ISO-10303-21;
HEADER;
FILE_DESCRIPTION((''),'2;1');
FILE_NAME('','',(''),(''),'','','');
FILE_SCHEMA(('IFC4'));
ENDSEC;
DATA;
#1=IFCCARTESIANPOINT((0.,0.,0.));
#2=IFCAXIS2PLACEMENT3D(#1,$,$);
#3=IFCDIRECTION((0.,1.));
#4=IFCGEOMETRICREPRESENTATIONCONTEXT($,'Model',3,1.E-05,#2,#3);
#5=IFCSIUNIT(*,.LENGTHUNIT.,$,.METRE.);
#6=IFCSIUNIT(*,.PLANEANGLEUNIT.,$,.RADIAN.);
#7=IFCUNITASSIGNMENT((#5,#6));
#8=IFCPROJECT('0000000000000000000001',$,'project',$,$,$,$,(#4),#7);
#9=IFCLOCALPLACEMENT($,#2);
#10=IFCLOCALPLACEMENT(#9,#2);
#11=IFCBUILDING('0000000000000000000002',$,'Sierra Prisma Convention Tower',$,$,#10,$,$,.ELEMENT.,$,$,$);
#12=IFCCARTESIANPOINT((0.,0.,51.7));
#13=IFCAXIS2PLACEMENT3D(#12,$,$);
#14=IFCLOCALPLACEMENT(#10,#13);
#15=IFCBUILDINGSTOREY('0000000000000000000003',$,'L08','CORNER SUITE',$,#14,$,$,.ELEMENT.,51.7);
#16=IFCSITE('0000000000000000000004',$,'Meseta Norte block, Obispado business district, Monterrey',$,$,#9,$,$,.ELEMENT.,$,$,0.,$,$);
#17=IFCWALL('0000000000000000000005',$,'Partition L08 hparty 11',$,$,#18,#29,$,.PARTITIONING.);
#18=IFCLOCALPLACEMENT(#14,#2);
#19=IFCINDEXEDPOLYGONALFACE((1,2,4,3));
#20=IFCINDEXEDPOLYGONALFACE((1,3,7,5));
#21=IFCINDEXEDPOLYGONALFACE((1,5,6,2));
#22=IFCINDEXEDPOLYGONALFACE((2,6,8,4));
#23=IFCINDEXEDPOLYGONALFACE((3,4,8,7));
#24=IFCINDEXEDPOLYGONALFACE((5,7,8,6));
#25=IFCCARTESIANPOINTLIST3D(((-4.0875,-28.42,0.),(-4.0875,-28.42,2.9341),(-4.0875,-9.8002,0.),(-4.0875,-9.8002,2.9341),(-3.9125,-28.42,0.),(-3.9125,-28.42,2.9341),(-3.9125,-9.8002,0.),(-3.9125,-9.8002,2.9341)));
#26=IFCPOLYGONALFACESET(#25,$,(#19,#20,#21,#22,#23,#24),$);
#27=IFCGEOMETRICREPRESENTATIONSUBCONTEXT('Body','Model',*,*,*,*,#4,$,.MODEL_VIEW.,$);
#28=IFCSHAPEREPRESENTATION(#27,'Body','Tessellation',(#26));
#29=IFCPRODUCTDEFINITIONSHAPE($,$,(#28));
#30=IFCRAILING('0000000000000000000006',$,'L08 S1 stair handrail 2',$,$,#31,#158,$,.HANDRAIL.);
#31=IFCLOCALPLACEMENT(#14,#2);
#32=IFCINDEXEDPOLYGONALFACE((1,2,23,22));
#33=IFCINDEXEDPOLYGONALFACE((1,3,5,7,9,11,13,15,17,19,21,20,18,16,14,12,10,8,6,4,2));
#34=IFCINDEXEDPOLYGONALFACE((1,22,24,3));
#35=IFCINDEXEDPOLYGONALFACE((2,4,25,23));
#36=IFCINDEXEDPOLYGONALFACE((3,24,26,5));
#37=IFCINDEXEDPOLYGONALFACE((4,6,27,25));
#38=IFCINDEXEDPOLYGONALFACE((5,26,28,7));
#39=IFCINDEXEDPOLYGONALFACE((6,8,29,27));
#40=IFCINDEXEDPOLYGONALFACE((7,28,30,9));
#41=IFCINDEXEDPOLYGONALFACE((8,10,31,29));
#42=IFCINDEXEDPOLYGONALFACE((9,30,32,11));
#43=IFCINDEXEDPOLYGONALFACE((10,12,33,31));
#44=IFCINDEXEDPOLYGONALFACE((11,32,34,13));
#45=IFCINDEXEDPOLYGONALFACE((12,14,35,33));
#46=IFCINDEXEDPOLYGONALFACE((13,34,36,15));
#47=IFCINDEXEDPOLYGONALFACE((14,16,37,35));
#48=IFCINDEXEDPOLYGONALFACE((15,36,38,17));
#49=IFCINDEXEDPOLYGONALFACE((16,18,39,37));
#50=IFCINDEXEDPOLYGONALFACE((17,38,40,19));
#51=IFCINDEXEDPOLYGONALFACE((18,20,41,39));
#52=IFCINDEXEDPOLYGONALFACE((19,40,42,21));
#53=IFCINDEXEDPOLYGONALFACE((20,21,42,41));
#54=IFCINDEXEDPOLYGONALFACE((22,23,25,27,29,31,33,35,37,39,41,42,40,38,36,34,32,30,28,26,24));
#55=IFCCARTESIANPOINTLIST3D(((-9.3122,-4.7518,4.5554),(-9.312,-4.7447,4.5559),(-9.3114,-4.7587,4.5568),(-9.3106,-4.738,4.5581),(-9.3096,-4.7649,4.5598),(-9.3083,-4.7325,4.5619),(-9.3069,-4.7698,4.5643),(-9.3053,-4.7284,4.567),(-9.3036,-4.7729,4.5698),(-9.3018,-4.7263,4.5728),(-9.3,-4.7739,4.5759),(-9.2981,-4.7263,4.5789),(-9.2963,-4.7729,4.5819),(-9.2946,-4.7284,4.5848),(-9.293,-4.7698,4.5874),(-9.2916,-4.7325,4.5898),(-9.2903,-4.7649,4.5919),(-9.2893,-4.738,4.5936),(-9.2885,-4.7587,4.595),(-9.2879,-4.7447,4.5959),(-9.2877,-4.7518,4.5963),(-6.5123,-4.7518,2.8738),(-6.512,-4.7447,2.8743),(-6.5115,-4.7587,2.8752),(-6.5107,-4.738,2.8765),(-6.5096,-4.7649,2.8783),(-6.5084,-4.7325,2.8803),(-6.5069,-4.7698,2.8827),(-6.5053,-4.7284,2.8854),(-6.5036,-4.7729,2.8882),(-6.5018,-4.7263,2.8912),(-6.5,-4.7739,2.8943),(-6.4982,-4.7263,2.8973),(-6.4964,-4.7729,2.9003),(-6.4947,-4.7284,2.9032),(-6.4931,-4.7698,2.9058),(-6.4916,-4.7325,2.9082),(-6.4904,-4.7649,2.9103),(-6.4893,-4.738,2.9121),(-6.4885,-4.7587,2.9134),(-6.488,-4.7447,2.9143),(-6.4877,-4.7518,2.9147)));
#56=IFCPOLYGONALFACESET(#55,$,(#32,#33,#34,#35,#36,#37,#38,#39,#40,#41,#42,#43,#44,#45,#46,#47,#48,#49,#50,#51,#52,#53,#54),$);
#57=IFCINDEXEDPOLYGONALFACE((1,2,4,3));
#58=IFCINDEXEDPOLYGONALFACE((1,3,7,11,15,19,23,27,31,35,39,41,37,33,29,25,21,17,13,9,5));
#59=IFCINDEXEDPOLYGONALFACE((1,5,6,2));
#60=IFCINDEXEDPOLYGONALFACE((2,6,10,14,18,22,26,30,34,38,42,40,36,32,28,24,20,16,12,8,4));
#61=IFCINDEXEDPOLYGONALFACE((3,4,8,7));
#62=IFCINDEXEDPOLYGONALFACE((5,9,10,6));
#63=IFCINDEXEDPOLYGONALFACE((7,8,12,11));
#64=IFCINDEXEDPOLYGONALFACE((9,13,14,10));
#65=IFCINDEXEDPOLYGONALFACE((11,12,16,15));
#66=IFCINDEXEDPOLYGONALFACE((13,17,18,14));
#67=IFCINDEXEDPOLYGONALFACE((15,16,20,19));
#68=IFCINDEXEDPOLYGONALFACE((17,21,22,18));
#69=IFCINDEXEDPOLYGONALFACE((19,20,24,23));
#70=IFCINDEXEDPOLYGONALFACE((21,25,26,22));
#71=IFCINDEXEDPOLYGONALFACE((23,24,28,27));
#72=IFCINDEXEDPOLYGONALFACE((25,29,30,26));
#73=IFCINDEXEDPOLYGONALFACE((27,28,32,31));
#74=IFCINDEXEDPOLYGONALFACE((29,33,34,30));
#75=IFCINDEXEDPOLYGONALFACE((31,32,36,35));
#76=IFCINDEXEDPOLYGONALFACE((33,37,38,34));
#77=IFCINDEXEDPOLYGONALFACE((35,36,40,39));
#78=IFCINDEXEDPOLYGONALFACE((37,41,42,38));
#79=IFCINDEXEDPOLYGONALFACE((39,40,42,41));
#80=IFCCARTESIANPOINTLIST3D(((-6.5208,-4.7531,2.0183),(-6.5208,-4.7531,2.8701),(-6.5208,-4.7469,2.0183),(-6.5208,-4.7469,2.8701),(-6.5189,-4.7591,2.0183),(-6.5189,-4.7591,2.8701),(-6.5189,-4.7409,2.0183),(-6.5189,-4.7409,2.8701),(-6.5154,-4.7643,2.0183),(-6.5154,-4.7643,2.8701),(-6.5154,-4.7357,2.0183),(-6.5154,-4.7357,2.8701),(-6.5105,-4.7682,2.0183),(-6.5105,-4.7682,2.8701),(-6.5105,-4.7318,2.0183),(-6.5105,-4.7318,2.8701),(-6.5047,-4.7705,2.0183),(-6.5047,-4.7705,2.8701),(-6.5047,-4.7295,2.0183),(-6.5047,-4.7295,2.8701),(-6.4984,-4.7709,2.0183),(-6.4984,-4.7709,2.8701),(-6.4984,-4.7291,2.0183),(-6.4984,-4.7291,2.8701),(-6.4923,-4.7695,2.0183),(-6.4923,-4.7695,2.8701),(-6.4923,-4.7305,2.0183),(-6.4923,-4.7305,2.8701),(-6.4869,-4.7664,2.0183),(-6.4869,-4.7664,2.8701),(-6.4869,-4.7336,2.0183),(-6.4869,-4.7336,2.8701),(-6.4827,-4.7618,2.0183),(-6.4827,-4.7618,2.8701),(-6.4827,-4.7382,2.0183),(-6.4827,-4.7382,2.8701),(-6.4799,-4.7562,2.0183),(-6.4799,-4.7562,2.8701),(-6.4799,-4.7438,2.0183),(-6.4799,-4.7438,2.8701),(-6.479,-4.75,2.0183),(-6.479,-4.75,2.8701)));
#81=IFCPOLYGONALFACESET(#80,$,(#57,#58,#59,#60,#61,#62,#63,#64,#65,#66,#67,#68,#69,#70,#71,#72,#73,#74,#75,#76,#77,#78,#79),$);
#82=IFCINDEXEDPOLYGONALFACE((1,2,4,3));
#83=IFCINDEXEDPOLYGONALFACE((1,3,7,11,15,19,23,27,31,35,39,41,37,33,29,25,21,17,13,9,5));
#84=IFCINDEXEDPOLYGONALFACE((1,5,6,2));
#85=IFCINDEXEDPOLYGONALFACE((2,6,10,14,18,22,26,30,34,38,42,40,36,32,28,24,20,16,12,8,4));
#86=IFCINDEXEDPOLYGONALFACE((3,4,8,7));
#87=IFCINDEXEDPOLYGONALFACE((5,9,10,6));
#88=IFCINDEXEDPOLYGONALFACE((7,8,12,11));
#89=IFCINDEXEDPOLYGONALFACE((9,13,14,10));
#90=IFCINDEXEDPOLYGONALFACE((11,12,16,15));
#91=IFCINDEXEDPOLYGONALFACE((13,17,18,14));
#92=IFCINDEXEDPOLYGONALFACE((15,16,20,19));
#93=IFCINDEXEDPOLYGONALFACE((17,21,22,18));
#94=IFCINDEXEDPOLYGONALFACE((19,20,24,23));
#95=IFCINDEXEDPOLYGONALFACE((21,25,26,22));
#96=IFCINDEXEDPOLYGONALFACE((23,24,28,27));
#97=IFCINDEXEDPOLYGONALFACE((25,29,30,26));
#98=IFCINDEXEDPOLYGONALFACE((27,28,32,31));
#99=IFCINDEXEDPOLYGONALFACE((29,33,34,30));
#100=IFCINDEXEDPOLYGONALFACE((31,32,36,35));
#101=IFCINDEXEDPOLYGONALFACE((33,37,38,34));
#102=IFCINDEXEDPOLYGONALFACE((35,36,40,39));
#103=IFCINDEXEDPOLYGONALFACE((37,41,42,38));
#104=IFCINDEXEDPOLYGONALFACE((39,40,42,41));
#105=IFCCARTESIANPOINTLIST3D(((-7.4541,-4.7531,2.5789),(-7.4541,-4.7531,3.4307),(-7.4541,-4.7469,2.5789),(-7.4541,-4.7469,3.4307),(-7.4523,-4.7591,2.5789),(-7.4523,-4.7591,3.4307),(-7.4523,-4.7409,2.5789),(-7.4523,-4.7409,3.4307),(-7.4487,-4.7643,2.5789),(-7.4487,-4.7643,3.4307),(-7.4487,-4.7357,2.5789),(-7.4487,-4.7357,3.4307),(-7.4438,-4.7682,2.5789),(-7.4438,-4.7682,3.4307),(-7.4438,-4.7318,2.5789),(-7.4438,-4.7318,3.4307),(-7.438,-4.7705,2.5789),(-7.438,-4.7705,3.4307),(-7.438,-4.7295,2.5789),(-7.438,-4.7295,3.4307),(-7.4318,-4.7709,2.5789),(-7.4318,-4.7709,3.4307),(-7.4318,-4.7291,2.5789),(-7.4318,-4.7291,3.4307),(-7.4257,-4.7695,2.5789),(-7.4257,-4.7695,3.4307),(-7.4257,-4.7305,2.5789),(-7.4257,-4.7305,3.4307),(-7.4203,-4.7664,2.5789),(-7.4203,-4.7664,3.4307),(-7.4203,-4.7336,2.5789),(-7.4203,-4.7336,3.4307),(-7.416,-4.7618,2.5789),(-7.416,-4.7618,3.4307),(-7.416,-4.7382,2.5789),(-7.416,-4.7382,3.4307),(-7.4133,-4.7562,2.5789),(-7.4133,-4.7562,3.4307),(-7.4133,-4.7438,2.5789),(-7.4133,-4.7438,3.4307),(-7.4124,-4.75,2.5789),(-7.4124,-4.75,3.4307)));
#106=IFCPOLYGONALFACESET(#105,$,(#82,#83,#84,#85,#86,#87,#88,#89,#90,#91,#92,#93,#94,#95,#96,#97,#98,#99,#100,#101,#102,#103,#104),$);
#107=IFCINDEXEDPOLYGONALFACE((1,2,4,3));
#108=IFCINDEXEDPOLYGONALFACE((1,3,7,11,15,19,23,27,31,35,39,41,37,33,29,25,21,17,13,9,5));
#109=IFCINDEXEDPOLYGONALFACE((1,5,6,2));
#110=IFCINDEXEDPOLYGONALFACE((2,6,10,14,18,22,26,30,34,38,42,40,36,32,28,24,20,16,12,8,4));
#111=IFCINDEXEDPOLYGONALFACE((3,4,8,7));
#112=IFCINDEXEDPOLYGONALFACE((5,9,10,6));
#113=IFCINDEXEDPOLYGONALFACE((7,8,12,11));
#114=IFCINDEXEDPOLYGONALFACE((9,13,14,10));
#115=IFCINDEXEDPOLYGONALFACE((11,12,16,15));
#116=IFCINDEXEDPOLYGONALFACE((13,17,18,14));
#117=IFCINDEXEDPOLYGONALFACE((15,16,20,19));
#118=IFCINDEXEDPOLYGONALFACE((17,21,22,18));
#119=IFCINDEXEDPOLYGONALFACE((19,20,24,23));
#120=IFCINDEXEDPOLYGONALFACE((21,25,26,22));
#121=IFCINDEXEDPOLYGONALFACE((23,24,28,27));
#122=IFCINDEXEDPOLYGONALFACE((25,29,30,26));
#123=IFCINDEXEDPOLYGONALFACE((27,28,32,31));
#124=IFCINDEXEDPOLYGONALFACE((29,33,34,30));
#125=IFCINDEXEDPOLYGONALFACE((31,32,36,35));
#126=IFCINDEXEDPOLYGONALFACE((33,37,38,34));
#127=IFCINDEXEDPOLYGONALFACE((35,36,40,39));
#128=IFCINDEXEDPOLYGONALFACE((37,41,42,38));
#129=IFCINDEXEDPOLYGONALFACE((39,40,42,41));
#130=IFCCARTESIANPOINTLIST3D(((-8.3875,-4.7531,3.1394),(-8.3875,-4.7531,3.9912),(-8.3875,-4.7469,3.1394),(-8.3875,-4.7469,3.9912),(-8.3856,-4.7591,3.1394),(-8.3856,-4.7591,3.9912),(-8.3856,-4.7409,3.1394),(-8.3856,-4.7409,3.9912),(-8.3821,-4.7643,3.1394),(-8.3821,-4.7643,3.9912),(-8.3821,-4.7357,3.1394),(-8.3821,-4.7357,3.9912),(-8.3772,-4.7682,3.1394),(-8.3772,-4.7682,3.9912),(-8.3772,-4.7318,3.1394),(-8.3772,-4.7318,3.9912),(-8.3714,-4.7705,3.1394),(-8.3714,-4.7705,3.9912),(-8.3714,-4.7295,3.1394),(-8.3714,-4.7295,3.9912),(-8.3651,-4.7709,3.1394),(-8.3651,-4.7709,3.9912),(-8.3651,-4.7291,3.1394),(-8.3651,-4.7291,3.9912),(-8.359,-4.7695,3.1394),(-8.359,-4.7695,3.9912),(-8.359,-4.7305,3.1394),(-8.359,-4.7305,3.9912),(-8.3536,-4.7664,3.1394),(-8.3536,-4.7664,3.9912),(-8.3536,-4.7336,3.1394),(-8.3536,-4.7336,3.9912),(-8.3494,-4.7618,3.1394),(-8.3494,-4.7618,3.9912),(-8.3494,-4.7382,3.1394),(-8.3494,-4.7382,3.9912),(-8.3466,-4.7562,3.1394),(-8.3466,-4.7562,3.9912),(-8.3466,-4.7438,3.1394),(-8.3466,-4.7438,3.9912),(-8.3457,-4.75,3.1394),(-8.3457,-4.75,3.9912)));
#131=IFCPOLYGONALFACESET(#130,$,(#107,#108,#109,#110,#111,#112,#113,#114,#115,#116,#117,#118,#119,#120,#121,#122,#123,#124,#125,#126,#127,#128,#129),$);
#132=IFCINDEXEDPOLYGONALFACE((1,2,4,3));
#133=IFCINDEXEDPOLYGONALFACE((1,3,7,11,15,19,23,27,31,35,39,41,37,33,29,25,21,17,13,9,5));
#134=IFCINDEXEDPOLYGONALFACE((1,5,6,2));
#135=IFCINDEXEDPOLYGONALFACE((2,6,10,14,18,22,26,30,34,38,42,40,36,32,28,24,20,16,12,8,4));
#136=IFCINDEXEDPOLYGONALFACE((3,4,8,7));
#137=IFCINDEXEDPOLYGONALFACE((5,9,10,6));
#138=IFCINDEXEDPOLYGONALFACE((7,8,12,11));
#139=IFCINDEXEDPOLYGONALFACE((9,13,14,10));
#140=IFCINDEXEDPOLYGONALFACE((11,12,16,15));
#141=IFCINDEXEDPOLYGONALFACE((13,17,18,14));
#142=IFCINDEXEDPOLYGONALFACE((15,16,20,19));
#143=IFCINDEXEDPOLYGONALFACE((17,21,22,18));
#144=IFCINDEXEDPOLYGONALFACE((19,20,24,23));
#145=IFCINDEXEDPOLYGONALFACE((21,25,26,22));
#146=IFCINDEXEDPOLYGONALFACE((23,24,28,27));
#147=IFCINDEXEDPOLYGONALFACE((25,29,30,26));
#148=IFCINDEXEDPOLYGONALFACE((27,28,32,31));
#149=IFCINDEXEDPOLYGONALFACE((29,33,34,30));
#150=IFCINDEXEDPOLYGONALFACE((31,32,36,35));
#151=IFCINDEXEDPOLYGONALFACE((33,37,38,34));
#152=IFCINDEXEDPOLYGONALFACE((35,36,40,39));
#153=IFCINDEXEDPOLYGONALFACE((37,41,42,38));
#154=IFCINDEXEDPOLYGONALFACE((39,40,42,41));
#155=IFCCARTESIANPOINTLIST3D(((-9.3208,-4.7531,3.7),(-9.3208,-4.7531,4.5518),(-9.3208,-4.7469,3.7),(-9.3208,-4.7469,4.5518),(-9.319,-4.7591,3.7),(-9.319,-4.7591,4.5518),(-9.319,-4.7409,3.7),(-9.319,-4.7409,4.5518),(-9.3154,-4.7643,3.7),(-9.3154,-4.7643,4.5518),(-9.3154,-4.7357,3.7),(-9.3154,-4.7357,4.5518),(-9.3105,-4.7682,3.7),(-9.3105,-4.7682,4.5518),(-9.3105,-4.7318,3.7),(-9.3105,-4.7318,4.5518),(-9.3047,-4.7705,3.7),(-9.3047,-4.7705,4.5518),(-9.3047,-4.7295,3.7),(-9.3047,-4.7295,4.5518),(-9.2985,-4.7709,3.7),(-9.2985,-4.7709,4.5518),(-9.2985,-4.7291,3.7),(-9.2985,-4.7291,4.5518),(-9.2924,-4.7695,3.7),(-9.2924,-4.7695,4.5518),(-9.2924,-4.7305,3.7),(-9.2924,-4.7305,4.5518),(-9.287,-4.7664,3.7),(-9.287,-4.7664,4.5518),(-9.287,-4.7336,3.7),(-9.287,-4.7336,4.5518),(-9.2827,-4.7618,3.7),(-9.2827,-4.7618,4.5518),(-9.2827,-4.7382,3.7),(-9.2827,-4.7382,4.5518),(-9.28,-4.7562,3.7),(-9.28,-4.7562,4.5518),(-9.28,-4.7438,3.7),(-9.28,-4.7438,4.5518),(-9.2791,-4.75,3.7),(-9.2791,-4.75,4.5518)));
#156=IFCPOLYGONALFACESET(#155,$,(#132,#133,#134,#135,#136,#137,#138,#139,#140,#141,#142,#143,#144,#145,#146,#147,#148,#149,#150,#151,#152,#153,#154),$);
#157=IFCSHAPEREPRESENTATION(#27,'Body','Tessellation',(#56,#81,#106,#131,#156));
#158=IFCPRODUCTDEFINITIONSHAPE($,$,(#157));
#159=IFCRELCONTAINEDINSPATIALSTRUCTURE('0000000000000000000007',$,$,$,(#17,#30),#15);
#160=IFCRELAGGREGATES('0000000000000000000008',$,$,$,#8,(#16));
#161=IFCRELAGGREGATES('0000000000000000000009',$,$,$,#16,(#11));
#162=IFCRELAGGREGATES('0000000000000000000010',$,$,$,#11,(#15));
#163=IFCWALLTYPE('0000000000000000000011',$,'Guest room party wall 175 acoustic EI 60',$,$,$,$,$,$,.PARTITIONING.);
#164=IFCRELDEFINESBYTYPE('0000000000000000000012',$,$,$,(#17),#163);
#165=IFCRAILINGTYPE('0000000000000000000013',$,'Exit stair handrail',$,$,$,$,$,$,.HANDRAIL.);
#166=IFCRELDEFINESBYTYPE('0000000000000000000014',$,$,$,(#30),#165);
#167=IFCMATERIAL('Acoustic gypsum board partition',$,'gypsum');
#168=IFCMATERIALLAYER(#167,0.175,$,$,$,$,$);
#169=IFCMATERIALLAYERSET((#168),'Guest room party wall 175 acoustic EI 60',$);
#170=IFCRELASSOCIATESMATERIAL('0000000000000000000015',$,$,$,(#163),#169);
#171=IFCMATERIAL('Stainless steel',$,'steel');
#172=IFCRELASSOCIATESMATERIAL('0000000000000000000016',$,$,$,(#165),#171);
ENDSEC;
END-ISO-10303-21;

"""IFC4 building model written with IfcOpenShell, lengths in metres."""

from ifc_helpers import new_model, si_unit, direction, frame, frame_2d, origin, origin_2d, place, context, subcontext, project, spatial, rectangle, circle, extrude, material, layer, layer_set, type_object, element, save


model = new_model("IFC4")

# Units and contexts
model_context = context("Model", 3, precision=1e-05, world=origin(), true_north=direction((0.0, 1.0)))
body_context = subcontext(model_context, "Body", "Model", "MODEL_VIEW")
ifc_project = project(units=[si_unit("LENGTHUNIT", "METRE"), si_unit("PLANEANGLEUNIT", "RADIAN")], contexts=[model_context])

# Site, building, storey
site_placement = place(None, origin())
site = spatial("IfcSite", under=ifc_project, at=site_placement, Name="Meseta Norte block, Obispado business district, Monterrey", CompositionType="ELEMENT", RefElevation=0.0)
building_placement = place(site_placement, origin())
building = spatial("IfcBuilding", under=site, at=building_placement, Name="Sierra Prisma Convention Tower", CompositionType="ELEMENT")
storey_placement = place(building_placement, frame((0.0, 0.0, 51.7)))
storey = spatial("IfcBuildingStorey", under=building, at=storey_placement, Name="L08", Description="CORNER SUITE", CompositionType="ELEMENT", Elevation=51.7)

# Wall
ifc_material_1 = material(Name="Acoustic gypsum board partition", Category="gypsum")
ifc_layer_1 = layer(ifc_material_1, 0.175)
ifc_layer_set_1 = layer_set([ifc_layer_1], Name="Guest room party wall 175 acoustic EI 60")
wall_type_1 = type_object("IfcWallType", Name="Guest room party wall 175 acoustic EI 60", PredefinedType="PARTITIONING", material=ifc_layer_set_1)
wall_1_placement = place(storey_placement, frame((-4.0, -9.8, 0.0), z_axis=(0.0, 0.0, 1.0), x_axis=(0.0, -1.0, 0.0)))
element("IfcWall", 1, at=wall_1_placement, inside=storey, type_object=wall_type_1, Name="Partition L08 hparty 11", PredefinedType="PARTITIONING", context=body_context, shape_type="SweptSolid", body=[
    extrude(rectangle(XDim=18.6199, YDim=0.175, at=frame_2d((9.3101, 0.0))), origin(), (0.0, 0.0, 1.0), 2.9341),
])

# Railing
ifc_material_2 = material(Name="Stainless steel", Category="steel")
railing_type_1 = type_object("IfcRailingType", Name="Exit stair handrail", PredefinedType="HANDRAIL", material=ifc_material_2)
railing_1_placement = place(storey_placement, frame((-6.5, -4.75, 2.0183)))
element("IfcRailing", 2, at=railing_1_placement, inside=storey, type_object=railing_type_1, Name="L08 S1 stair handrail 2", PredefinedType="HANDRAIL", context=body_context, shape_type="SweptSolid", body=[
    extrude(circle(Radius=0.0239, at=origin_2d()), frame((0.0, 0.0, 0.876), z_axis=(-0.857275, 0.0, 0.514858), x_axis=(0.0, -1.0, 0.0)), (0.0, 0.0, 1.0), 3.2661),
    extrude(circle(Radius=0.021, at=origin_2d()), origin(), (0.0, 0.0, 1.0), 0.8518),
    extrude(circle(Radius=0.021, at=origin_2d()), frame((-0.9333, 0.0, 0.5605)), (0.0, 0.0, 1.0), 0.8518),
    extrude(circle(Radius=0.021, at=origin_2d()), frame((-1.8667, 0.0, 1.1211)), (0.0, 0.0, 1.0), 0.8518),
    extrude(circle(Radius=0.021, at=origin_2d()), frame((-2.8, 0.0, 1.6816)), (0.0, 0.0, 1.0), 0.8518),
])

save(model, "model.ifc")
